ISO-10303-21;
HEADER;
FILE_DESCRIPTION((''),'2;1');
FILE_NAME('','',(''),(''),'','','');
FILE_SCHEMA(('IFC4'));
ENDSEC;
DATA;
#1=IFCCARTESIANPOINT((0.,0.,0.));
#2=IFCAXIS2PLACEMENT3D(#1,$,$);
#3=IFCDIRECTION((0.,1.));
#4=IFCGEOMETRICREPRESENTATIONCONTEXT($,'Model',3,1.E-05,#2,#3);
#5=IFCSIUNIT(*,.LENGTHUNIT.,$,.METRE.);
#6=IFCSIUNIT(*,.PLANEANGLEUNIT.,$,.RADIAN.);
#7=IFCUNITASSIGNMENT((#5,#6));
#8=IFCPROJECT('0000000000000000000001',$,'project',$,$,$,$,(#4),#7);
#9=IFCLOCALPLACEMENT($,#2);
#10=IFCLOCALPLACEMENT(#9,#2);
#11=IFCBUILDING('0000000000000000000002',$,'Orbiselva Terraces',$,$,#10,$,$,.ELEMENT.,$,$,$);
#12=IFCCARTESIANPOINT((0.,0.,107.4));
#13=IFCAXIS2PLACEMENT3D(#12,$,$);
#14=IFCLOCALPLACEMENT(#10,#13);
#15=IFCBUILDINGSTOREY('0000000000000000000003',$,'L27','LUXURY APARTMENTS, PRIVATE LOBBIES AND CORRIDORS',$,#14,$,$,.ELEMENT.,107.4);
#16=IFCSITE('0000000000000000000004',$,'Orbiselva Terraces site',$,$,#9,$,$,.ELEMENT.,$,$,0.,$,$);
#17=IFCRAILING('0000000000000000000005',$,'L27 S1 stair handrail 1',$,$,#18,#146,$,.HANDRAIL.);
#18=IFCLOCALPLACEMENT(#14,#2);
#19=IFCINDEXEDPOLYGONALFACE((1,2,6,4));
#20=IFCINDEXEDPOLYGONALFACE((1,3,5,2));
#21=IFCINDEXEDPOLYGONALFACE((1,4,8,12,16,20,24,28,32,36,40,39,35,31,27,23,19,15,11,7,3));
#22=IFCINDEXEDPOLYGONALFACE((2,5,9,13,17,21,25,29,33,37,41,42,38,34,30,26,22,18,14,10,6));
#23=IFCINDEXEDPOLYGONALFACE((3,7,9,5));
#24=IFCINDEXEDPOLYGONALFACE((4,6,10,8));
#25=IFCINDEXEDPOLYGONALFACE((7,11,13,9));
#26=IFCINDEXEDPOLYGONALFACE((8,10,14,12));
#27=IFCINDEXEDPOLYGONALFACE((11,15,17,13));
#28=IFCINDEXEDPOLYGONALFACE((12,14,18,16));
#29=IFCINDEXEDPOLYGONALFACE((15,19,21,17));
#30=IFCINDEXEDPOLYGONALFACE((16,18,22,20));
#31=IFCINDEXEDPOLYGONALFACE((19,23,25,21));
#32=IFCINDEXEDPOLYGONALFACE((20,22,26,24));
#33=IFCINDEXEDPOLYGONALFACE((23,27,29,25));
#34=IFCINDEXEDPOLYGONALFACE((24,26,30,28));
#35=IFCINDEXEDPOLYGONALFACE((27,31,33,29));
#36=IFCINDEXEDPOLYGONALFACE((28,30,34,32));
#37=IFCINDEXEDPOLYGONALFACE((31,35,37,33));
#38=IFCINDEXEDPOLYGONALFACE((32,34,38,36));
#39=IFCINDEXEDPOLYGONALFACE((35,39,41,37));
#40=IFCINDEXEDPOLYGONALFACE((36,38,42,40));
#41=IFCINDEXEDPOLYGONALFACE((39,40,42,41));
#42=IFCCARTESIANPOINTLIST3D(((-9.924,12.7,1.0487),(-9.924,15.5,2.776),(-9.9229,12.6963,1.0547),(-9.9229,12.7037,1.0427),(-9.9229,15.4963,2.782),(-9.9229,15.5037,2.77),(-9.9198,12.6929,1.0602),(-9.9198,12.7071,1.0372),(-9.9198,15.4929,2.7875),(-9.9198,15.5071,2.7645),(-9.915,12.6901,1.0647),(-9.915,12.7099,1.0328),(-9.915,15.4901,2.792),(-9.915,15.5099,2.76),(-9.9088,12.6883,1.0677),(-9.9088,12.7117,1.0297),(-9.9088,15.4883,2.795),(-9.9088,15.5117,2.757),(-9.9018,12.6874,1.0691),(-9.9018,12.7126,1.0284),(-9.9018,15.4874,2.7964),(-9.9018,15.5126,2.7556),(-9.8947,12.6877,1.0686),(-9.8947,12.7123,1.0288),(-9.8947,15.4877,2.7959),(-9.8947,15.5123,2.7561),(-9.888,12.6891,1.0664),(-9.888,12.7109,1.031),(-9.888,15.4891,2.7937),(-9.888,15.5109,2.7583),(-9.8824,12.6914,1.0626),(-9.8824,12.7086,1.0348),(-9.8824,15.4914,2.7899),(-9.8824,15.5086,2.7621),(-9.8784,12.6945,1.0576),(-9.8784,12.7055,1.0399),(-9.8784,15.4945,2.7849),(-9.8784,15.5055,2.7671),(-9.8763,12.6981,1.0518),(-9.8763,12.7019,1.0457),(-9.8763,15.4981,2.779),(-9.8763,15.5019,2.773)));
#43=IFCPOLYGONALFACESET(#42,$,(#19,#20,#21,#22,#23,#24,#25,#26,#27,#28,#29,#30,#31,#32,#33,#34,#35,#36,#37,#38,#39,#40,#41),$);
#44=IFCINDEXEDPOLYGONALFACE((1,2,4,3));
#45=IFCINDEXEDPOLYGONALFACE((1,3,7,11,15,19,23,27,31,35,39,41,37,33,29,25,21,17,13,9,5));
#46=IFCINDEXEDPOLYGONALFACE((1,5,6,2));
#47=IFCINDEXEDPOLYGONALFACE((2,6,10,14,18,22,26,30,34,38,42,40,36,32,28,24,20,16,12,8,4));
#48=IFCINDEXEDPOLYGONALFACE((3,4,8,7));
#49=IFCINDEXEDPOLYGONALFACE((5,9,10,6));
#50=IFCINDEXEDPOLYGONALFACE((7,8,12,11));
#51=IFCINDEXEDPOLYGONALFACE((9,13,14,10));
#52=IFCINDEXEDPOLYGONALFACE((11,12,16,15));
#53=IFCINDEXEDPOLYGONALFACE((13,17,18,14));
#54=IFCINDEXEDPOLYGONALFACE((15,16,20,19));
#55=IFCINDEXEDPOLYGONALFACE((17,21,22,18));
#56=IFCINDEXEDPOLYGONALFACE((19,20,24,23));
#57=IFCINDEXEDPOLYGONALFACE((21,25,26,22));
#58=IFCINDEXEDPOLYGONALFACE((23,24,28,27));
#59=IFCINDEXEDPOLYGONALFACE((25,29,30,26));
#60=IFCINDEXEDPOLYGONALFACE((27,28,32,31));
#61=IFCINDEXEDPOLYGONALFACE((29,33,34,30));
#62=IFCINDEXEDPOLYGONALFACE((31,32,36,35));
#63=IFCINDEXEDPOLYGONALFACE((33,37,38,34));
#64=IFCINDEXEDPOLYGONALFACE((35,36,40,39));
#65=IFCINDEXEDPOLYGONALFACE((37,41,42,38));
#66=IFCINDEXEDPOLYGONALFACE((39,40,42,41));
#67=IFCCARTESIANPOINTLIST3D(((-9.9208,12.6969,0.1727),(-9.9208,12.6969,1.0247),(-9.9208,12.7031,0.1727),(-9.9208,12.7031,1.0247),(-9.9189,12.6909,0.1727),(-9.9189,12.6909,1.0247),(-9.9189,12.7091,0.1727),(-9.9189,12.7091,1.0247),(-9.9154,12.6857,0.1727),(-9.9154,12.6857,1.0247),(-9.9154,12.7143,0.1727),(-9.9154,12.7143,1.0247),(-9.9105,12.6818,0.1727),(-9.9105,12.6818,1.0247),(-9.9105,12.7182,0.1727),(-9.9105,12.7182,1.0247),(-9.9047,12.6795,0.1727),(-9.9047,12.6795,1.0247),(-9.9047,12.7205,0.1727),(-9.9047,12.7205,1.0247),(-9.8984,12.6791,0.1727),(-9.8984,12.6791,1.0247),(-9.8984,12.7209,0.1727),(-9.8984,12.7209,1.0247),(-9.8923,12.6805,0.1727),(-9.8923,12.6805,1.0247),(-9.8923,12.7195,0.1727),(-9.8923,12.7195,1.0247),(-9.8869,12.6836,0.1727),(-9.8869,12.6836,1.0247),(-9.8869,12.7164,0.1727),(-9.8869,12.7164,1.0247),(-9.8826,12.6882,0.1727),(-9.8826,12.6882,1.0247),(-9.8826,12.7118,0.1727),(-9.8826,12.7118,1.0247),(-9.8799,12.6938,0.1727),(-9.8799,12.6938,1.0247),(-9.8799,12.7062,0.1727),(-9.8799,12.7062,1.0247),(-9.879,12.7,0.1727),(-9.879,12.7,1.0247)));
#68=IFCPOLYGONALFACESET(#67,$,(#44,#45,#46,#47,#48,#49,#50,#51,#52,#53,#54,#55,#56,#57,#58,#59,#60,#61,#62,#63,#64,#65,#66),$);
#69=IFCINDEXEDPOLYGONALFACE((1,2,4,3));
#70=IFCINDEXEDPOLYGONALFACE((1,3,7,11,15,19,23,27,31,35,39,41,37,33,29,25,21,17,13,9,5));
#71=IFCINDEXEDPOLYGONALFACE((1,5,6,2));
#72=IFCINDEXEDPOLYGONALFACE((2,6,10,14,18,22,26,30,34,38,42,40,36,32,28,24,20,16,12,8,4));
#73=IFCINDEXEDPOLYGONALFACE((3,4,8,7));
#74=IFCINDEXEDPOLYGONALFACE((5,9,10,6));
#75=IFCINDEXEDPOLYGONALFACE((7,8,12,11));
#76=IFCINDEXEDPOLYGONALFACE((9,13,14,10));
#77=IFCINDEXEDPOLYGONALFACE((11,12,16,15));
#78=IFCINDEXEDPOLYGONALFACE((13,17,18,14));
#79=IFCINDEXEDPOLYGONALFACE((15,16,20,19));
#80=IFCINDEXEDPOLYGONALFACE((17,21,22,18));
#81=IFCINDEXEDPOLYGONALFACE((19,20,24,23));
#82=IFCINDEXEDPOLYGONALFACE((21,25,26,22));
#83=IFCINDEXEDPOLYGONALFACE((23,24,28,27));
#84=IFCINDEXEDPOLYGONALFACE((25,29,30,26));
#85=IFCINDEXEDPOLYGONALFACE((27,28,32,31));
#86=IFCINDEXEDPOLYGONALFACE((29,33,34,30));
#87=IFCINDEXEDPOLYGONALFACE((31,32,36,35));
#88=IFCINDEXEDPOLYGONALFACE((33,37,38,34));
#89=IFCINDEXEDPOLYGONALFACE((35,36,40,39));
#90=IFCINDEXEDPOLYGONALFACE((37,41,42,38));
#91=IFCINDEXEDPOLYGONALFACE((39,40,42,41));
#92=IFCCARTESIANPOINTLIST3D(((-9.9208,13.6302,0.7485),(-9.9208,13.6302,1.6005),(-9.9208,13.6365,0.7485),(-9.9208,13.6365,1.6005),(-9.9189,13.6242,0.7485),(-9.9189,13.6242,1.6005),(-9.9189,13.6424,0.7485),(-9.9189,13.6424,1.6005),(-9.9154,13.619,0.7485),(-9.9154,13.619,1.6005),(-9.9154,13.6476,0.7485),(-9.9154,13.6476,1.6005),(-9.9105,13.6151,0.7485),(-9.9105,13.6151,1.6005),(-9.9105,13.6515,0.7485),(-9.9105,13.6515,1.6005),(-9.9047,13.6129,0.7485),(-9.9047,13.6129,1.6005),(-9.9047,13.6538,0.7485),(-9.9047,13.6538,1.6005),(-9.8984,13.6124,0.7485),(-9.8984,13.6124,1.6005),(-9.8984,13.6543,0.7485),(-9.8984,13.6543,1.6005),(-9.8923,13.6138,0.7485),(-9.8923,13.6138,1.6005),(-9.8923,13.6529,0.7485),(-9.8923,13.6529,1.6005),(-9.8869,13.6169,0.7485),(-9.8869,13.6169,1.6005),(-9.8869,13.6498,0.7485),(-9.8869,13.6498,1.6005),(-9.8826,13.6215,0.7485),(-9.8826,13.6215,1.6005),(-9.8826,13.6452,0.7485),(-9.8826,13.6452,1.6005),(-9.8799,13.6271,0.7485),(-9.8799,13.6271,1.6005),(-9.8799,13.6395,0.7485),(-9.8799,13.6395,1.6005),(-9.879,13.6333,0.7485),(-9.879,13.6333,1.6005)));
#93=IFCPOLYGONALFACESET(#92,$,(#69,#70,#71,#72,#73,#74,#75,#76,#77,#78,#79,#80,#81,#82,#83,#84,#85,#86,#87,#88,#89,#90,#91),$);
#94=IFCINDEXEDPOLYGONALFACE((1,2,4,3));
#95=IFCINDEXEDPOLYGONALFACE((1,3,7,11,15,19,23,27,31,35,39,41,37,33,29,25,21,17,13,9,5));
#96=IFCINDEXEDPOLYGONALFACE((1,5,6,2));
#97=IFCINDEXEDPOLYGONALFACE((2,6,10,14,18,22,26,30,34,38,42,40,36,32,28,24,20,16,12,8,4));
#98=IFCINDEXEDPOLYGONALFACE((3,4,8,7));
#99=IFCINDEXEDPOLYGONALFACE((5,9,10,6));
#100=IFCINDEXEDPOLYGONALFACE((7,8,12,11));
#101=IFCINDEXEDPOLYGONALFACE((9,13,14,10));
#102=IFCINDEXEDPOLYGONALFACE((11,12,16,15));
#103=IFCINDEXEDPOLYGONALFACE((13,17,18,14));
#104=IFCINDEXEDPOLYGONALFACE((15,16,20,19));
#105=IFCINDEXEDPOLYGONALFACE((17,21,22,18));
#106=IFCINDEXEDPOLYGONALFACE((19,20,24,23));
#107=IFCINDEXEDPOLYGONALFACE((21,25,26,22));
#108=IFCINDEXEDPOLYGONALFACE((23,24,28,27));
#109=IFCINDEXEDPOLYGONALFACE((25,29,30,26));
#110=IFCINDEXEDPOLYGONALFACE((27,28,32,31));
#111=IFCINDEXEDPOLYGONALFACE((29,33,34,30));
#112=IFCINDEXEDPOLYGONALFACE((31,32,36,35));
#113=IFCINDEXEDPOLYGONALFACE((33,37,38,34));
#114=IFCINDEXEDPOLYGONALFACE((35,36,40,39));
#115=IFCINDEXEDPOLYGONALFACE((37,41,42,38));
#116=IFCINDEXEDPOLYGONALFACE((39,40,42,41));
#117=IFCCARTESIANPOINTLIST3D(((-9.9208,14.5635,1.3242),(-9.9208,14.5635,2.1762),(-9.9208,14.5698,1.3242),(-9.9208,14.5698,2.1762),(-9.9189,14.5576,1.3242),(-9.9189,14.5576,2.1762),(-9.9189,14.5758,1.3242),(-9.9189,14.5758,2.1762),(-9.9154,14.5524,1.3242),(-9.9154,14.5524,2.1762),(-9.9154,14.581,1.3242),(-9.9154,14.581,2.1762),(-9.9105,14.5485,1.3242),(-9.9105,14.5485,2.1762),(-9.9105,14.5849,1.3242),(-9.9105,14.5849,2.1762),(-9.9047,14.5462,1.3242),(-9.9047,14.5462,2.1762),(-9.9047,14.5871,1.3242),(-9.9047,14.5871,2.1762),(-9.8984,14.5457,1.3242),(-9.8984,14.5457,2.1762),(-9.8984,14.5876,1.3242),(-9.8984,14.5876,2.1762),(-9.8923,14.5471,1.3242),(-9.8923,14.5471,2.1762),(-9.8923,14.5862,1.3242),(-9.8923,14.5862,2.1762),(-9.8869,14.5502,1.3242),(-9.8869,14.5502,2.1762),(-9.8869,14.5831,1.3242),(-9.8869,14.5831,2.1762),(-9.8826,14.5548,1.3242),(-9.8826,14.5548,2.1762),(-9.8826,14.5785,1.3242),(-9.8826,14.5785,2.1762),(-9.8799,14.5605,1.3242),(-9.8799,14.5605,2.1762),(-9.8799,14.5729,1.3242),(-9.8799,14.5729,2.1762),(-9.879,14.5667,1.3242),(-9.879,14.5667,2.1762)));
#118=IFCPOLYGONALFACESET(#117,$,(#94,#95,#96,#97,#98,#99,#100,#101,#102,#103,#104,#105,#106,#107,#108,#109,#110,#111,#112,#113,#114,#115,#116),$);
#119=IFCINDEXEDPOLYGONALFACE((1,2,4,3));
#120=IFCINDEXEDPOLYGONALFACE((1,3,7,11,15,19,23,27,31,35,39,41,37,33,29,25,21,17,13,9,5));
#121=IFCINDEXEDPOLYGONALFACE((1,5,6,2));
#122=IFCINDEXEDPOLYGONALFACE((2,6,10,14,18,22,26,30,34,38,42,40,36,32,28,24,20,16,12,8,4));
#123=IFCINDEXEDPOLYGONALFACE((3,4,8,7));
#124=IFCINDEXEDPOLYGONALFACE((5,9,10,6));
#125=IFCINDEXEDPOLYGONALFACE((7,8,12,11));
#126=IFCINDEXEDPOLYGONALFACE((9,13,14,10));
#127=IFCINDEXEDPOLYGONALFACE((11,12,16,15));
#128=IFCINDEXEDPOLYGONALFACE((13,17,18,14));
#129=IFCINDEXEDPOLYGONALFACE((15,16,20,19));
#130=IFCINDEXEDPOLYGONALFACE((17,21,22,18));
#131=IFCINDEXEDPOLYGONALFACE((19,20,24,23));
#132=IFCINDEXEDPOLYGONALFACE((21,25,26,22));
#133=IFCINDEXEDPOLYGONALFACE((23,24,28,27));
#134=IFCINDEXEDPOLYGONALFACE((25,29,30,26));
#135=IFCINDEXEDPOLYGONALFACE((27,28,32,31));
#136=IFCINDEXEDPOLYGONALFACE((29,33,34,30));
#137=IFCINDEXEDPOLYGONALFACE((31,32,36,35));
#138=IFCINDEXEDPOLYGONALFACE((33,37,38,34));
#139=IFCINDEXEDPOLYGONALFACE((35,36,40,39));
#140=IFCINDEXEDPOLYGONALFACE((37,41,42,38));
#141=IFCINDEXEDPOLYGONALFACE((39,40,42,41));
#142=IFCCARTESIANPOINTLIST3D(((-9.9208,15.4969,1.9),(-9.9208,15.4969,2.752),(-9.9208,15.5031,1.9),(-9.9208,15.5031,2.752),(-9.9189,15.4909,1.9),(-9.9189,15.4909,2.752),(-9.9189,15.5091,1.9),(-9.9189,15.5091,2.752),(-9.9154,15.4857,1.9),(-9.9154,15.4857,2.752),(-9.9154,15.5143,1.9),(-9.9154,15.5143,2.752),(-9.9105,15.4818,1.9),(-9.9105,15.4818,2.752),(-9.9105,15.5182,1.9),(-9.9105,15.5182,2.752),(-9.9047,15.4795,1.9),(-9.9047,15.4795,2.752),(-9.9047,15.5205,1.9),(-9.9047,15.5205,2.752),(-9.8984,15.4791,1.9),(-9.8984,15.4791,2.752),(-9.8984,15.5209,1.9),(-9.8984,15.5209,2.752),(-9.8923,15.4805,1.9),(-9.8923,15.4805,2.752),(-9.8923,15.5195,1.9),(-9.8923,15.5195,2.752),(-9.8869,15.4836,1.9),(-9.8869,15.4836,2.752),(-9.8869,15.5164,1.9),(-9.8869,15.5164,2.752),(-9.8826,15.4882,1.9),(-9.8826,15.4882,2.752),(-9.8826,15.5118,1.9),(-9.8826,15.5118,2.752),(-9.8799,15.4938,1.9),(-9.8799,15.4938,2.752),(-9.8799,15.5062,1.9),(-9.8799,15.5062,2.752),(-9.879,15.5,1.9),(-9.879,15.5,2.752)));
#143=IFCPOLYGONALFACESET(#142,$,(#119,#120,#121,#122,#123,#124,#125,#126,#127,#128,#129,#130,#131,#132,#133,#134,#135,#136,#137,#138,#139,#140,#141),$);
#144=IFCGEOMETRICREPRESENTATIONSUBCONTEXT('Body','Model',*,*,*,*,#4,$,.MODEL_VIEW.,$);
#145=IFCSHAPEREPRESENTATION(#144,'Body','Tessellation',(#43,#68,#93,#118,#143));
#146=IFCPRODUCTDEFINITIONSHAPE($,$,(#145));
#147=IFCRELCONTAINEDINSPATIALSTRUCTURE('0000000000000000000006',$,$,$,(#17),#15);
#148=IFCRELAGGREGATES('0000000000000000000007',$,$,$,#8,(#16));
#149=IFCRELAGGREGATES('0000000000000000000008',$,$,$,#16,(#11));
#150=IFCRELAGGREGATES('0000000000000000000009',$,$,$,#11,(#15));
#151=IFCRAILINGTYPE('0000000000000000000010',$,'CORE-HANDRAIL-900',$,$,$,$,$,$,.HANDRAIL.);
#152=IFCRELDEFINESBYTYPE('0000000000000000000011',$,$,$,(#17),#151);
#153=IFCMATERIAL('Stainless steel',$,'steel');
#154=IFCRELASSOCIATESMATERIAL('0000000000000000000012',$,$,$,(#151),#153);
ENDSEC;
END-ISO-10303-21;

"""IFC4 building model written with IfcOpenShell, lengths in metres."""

from ifc_helpers import new_model, si_unit, direction, frame, origin, origin_2d, place, context, subcontext, project, spatial, circle, extrude, material, type_object, element, save


model = new_model("IFC4")

# Units and contexts
model_context = context("Model", 3, precision=1e-05, world=origin(), true_north=direction((0.0, 1.0)))
body_context = subcontext(model_context, "Body", "Model", "MODEL_VIEW")
ifc_project = project(units=[si_unit("LENGTHUNIT", "METRE"), si_unit("PLANEANGLEUNIT", "RADIAN")], contexts=[model_context])

# Site, building, storey
site_placement = place(None, origin())
site = spatial("IfcSite", under=ifc_project, at=site_placement, Name="Orbiselva Terraces site", CompositionType="ELEMENT", RefElevation=0.0)
building_placement = place(site_placement, origin())
building = spatial("IfcBuilding", under=site, at=building_placement, Name="Orbiselva Terraces", CompositionType="ELEMENT")
storey_placement = place(building_placement, frame((0.0, 0.0, 107.4)))
storey = spatial("IfcBuildingStorey", under=building, at=storey_placement, Name="L27", Description="LUXURY APARTMENTS, PRIVATE LOBBIES AND CORRIDORS", CompositionType="ELEMENT", Elevation=107.4)

# Railing
ifc_material_1 = material(Name="Stainless steel", Category="steel")
railing_type_1 = type_object("IfcRailingType", Name="CORE-HANDRAIL-900", PredefinedType="HANDRAIL", material=ifc_material_1)
railing_1_placement = place(storey_placement, frame((-9.9, 12.7, 0.1727)))
element("IfcRailing", 1, at=railing_1_placement, inside=storey, type_object=railing_type_1, Name="L27 S1 stair handrail 1", PredefinedType="HANDRAIL", context=body_context, shape_type="SweptSolid", body=[
    extrude(circle(Radius=0.024, at=origin_2d()), frame((0.0, 0.0, 0.876), z_axis=(0.0, 0.851089, 0.525022), x_axis=(-1.0, 0.0, 0.0)), (0.0, 0.0, 1.0), 3.2899),
    extrude(circle(Radius=0.021, at=origin_2d()), origin(), (0.0, 0.0, 1.0), 0.852),
    extrude(circle(Radius=0.021, at=origin_2d()), frame((0.0, 0.9333, 0.5758)), (0.0, 0.0, 1.0), 0.852),
    extrude(circle(Radius=0.021, at=origin_2d()), frame((0.0, 1.8667, 1.1515)), (0.0, 0.0, 1.0), 0.852),
    extrude(circle(Radius=0.021, at=origin_2d()), frame((0.0, 2.8, 1.7273)), (0.0, 0.0, 1.0), 0.852),
])

save(model, "model.ifc")
